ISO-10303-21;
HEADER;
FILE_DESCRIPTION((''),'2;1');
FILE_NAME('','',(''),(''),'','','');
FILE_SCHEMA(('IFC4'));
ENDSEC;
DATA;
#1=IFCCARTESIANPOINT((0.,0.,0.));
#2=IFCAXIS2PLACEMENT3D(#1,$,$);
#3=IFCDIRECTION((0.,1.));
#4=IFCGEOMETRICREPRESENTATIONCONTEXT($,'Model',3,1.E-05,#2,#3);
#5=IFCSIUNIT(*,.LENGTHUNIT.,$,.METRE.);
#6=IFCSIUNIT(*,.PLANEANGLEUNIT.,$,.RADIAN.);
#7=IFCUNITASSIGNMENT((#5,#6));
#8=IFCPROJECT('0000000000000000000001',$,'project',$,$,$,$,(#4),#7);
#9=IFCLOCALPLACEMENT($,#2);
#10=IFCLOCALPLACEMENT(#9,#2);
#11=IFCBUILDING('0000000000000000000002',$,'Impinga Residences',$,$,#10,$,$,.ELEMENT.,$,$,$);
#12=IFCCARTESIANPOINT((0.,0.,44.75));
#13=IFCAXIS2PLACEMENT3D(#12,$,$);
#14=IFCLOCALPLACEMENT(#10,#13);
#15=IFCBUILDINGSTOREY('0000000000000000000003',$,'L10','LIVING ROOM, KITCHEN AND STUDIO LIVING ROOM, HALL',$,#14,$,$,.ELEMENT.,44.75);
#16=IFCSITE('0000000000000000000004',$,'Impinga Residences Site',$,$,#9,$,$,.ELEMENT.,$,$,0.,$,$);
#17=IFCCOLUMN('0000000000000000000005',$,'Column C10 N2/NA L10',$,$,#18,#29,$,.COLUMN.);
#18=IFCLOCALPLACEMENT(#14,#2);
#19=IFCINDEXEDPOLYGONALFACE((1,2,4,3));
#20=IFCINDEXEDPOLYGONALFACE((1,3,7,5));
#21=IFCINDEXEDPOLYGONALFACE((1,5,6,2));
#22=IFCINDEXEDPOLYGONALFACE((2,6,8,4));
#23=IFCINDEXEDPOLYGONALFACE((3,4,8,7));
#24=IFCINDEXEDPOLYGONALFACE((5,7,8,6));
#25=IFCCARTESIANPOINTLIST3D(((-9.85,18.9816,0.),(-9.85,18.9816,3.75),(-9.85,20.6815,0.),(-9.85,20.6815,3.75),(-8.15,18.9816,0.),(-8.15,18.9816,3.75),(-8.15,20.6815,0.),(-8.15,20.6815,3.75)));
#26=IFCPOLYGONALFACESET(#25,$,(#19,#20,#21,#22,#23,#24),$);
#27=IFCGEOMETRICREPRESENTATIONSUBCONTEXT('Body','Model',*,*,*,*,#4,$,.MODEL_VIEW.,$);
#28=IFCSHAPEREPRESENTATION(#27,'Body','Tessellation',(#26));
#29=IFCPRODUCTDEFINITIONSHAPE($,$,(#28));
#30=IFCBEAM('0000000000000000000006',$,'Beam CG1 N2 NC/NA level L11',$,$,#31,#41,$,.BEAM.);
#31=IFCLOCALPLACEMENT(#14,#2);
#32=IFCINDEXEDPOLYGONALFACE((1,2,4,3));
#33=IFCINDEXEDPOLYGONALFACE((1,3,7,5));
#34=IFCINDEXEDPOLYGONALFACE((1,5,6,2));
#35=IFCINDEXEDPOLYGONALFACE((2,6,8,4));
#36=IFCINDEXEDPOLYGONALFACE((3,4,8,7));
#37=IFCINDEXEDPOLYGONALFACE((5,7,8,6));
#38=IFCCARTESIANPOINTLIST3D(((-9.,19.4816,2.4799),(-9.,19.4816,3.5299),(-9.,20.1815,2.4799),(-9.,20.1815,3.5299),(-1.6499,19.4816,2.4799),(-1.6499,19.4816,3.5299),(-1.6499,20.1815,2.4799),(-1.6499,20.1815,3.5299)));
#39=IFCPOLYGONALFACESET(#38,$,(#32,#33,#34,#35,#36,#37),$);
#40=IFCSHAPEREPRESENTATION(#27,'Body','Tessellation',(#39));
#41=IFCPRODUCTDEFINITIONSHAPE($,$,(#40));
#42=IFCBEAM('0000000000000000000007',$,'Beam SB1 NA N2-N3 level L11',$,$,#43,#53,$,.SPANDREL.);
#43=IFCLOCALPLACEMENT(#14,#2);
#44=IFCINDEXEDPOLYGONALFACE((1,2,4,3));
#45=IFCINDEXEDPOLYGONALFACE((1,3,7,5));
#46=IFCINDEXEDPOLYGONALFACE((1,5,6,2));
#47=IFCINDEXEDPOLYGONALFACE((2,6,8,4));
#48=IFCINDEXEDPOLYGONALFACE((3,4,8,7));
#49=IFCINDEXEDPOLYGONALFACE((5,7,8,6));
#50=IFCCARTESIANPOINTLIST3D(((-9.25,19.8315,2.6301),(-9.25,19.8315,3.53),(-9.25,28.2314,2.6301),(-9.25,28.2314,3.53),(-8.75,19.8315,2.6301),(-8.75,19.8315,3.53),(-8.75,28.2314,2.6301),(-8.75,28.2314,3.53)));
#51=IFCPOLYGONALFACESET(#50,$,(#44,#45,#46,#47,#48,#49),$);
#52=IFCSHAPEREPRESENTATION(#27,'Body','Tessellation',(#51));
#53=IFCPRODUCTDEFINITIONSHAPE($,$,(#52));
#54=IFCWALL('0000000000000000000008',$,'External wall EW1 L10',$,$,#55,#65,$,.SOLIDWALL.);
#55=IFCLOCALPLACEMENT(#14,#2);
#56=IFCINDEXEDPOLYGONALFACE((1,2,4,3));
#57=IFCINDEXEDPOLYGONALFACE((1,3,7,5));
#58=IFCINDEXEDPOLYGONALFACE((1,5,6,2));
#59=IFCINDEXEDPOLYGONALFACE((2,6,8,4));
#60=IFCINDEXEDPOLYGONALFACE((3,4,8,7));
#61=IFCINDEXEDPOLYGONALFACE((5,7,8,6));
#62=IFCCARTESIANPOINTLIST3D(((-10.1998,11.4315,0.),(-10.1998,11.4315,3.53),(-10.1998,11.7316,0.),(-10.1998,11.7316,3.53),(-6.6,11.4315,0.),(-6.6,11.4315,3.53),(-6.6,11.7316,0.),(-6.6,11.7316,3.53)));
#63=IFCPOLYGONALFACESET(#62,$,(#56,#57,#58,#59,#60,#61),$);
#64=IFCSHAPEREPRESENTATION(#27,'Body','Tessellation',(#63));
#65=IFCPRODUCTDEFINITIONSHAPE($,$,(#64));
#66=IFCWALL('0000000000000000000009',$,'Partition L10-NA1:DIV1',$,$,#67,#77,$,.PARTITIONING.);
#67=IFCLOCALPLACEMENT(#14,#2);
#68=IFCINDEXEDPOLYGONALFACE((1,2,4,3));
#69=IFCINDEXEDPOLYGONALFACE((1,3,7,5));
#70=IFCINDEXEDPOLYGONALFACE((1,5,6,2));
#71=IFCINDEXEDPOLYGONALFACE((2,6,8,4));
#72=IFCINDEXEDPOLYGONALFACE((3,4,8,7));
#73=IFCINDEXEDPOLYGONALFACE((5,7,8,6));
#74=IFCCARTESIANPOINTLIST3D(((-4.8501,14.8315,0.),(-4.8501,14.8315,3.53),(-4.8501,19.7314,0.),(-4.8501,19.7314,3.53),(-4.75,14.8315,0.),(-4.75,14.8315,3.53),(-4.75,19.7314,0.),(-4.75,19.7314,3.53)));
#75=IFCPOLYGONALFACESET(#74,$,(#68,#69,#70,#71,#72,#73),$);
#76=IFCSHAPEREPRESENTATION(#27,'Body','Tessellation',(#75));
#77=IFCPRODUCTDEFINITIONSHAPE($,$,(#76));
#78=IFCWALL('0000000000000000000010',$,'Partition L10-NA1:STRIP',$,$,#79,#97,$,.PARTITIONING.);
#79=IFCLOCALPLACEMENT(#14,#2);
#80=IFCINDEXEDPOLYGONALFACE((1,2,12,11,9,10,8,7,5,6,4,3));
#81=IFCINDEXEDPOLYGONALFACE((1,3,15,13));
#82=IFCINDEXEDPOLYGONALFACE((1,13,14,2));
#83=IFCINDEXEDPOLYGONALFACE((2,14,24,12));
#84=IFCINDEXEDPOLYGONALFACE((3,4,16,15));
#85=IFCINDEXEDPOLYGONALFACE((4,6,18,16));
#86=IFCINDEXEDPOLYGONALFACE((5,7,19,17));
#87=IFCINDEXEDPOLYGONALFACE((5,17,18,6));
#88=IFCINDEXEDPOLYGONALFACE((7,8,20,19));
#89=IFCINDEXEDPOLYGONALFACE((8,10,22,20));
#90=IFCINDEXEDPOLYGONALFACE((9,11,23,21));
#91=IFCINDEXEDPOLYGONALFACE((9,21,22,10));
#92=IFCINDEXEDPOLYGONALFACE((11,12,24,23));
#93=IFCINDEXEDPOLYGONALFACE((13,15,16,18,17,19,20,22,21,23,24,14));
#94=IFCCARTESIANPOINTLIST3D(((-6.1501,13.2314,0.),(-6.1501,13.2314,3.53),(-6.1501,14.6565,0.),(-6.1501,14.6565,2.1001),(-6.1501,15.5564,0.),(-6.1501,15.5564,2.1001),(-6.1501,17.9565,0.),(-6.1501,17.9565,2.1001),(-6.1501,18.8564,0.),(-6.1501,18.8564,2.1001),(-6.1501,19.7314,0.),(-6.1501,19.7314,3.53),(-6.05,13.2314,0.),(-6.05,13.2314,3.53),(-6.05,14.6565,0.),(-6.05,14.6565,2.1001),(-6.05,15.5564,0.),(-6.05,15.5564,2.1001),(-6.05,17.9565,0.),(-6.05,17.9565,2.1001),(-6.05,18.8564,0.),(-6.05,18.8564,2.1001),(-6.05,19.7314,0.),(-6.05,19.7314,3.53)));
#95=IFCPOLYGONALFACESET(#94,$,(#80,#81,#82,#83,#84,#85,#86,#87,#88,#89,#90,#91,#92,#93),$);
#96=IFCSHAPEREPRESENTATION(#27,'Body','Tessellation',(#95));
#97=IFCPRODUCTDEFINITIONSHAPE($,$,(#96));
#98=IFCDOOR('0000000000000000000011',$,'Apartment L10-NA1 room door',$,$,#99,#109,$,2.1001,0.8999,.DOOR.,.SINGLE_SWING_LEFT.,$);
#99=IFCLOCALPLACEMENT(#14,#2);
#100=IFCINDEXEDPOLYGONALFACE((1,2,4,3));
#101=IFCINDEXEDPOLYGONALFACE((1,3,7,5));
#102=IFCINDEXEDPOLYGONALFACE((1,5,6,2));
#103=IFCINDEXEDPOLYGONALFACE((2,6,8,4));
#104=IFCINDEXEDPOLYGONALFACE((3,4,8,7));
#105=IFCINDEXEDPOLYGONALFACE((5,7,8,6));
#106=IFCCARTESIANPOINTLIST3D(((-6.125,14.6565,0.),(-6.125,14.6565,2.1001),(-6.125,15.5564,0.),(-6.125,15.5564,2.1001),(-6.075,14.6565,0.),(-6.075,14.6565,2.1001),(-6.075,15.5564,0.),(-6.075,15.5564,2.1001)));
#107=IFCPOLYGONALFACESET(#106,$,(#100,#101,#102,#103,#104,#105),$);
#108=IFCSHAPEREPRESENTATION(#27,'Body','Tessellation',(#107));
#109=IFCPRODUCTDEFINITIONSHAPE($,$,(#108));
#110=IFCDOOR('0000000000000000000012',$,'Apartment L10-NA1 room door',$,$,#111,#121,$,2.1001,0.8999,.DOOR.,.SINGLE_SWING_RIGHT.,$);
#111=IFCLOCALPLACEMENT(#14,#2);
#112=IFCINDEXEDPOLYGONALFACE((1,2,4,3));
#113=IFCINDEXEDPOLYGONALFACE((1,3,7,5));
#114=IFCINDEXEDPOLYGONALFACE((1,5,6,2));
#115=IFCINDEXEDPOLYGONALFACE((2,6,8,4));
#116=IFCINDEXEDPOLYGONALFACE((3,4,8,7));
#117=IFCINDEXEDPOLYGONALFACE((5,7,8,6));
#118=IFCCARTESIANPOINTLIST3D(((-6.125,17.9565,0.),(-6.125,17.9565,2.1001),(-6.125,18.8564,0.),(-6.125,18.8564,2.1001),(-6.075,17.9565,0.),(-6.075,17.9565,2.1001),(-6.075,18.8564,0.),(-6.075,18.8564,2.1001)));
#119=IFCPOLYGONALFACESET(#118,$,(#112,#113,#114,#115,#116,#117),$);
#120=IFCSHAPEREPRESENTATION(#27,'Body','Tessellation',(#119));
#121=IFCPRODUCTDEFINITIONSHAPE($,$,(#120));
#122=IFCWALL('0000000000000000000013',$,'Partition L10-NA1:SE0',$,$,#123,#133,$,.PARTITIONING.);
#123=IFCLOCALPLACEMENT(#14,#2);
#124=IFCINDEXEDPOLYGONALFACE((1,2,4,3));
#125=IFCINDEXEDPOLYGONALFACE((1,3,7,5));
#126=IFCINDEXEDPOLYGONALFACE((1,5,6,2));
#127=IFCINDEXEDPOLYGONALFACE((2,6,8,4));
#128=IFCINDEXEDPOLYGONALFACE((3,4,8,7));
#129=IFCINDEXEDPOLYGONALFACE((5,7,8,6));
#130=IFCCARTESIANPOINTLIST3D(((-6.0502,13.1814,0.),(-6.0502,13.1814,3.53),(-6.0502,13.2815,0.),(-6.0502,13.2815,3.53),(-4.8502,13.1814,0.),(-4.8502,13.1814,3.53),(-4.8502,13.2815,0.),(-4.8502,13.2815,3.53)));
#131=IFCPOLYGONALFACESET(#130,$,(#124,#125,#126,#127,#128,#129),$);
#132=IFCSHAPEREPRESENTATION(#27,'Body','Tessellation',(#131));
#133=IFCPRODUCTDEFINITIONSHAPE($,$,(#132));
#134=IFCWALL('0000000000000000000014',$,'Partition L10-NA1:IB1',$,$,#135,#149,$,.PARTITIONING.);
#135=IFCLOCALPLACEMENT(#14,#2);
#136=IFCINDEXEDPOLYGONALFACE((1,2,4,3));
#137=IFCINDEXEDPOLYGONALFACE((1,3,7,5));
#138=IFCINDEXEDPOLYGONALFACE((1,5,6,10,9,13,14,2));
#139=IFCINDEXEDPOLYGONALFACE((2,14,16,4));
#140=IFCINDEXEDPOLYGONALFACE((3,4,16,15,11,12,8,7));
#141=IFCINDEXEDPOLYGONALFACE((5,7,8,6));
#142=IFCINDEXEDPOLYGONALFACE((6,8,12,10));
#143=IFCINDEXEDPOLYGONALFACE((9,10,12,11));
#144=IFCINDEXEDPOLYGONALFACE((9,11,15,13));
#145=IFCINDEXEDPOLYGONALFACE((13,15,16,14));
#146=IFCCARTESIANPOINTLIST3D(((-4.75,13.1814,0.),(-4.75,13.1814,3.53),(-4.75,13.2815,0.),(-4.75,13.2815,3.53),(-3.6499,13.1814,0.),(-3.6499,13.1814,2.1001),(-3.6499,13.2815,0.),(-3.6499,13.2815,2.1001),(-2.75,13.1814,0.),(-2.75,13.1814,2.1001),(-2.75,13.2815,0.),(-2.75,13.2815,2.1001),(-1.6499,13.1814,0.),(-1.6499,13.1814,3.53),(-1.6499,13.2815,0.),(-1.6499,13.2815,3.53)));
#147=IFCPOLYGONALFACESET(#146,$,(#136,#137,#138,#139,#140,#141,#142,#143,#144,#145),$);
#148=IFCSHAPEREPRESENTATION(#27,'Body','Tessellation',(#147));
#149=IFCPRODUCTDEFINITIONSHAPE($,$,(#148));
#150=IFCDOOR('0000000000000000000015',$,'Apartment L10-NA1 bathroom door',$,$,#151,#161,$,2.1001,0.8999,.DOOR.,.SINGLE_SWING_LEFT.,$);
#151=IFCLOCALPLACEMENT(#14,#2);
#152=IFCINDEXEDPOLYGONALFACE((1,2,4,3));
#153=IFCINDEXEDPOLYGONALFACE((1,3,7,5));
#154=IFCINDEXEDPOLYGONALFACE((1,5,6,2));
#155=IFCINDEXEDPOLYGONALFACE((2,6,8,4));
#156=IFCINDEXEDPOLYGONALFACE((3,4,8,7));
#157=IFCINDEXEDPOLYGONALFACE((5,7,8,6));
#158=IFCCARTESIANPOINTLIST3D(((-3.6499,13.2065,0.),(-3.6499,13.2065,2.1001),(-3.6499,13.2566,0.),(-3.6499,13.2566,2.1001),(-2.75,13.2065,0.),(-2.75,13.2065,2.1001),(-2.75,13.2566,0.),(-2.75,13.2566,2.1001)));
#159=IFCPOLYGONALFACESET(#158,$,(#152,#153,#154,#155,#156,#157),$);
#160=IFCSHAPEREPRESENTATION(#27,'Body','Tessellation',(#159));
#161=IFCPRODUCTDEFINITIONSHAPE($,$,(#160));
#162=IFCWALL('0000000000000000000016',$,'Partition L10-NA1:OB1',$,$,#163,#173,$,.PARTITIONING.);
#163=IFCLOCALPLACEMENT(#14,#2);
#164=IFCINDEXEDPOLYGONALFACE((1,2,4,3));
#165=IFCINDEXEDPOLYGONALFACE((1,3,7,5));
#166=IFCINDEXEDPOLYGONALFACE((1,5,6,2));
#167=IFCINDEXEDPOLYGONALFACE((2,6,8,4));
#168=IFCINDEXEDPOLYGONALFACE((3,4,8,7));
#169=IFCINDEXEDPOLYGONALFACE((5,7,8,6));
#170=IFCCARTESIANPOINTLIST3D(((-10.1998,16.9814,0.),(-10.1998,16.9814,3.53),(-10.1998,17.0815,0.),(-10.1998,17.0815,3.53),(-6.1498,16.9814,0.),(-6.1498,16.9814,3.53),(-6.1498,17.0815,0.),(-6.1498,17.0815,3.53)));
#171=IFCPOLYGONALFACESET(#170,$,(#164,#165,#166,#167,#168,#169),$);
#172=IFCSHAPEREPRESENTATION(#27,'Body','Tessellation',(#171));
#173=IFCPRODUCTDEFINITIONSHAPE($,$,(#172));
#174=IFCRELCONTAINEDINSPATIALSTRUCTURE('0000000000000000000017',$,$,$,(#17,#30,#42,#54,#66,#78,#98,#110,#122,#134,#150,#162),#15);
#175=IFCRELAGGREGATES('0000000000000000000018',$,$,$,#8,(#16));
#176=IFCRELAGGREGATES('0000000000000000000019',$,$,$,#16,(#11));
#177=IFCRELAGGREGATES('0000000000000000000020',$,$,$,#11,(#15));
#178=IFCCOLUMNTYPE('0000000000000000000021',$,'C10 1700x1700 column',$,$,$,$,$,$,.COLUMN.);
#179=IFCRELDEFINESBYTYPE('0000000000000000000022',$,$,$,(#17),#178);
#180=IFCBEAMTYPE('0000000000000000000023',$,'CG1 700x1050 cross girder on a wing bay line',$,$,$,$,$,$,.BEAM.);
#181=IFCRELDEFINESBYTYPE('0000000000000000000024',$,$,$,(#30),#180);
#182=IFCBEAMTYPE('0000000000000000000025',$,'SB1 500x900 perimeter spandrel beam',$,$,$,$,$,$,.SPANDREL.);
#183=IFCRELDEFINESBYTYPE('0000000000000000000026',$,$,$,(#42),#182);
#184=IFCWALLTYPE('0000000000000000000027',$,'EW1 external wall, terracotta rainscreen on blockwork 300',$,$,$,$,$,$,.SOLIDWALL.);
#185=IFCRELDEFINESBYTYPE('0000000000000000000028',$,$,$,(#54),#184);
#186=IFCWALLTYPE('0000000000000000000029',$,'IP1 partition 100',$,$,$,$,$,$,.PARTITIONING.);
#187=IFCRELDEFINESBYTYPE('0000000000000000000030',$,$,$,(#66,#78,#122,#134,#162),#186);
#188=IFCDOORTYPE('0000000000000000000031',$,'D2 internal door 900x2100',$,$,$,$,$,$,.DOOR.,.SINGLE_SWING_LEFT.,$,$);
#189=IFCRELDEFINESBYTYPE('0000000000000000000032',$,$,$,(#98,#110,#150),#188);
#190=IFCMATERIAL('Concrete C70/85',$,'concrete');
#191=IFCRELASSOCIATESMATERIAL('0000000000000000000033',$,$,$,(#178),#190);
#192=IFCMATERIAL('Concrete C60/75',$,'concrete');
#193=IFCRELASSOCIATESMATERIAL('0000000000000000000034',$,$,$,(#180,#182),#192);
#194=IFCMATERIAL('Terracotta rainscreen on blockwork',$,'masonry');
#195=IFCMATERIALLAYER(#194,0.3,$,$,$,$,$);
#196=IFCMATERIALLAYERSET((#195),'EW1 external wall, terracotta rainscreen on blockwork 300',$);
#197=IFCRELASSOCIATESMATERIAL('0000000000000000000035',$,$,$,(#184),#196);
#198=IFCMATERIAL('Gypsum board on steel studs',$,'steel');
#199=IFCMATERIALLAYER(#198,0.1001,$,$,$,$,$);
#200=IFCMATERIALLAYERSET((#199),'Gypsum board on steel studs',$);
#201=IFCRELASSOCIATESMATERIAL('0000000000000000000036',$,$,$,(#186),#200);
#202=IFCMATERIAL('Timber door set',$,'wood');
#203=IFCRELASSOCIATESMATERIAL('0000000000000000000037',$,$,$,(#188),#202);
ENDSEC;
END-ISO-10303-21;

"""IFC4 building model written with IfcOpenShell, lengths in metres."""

from ifc_helpers import new_model, si_unit, direction, frame, frame_2d, origin, origin_2d, place, context, subcontext, project, spatial, rectangle, extrude, material, layer, layer_set, material_profile, profile_set, type_object, element, fill, save


model = new_model("IFC4")

# Units and contexts
model_context = context("Model", 3, precision=1e-05, world=origin(), true_north=direction((0.0, 1.0)))
body_context = subcontext(model_context, "Body", "Model", "MODEL_VIEW")
ifc_project = project(units=[si_unit("LENGTHUNIT", "METRE"), si_unit("PLANEANGLEUNIT", "RADIAN")], contexts=[model_context])

# Site, building, storey
site_placement = place(None, origin())
site = spatial("IfcSite", under=ifc_project, at=site_placement, Name="Impinga Residences Site", CompositionType="ELEMENT", RefElevation=0.0)
building_placement = place(site_placement, origin())
building = spatial("IfcBuilding", under=site, at=building_placement, Name="Impinga Residences", CompositionType="ELEMENT")
storey_placement = place(building_placement, frame((0.0, 0.0, 44.75)))
storey = spatial("IfcBuildingStorey", under=building, at=storey_placement, Name="L10", Description="LIVING ROOM, KITCHEN AND STUDIO LIVING ROOM, HALL", CompositionType="ELEMENT", Elevation=44.75)

# Column
ifc_material_1 = material(Name="Concrete C70/85", Category="concrete")
ifc_material_profile_1 = material_profile(ifc_material_1, rectangle(XDim=1.7, YDim=1.7, at=origin_2d()), Name="RC 1700x1700")
ifc_profile_set_1 = profile_set([ifc_material_profile_1], Name="Concrete C70/85")
column_type = type_object("IfcColumnType", Name="C10 1700x1700 column", PredefinedType="COLUMN", material=ifc_profile_set_1)
column_placement = place(storey_placement, frame((-9.0, 19.8315, 0.0), z_axis=(0.0, 0.0, 1.0), x_axis=(1.0, 0.0, 0.0)))
element("IfcColumn", 1, at=column_placement, inside=storey, type_object=column_type, Name="Column C10 N2/NA L10", PredefinedType="COLUMN", context=body_context, shape_type="SweptSolid", body=[
    extrude(rectangle(XDim=1.7, YDim=1.7, at=origin_2d()), origin(), (0.0, 0.0, 1.0), 3.75),
])

# Beams
ifc_material_2 = material(Name="Concrete C60/75", Category="concrete")
ifc_material_profile_2 = material_profile(ifc_material_2, rectangle(XDim=0.7, YDim=1.05, at=origin_2d()), Name="RC 700x1050")
ifc_profile_set_2 = profile_set([ifc_material_profile_2], Name="Concrete C60/75")
beam_type_1 = type_object("IfcBeamType", Name="CG1 700x1050 cross girder on a wing bay line", PredefinedType="BEAM", material=ifc_profile_set_2)
beam_1_placement = place(storey_placement, frame((-1.6499, 19.8315, 3.0049), z_axis=(-1.0, 0.0, 0.0), x_axis=(0.0, -1.0, 0.0)))
element("IfcBeam", 2, at=beam_1_placement, inside=storey, type_object=beam_type_1, Name="Beam CG1 N2 NC/NA level L11", PredefinedType="BEAM", context=body_context, shape_type="SweptSolid", body=[
    extrude(rectangle(XDim=0.7, YDim=1.05, at=origin_2d()), origin(), (0.0, 0.0, 1.0), 7.3501),
])
ifc_material_profile_3 = material_profile(ifc_material_2, rectangle(XDim=0.5, YDim=0.8999, at=origin_2d()), Name="RC 500x900")
ifc_profile_set_3 = profile_set([ifc_material_profile_3], Name="Concrete C60/75")
beam_type_2 = type_object("IfcBeamType", Name="SB1 500x900 perimeter spandrel beam", PredefinedType="SPANDREL", material=ifc_profile_set_3)
beam_2_placement = place(storey_placement, frame((-9.0, 19.8315, 3.0801), z_axis=(0.0, 1.0, 0.0), x_axis=(-1.0, 0.0, 0.0)))
element("IfcBeam", 3, at=beam_2_placement, inside=storey, type_object=beam_type_2, Name="Beam SB1 NA N2-N3 level L11", PredefinedType="SPANDREL", context=body_context, shape_type="SweptSolid", body=[
    extrude(rectangle(XDim=0.5, YDim=0.8999, at=origin_2d()), origin(), (0.0, 0.0, 1.0), 8.3999),
])

# Walls
ifc_material_3 = material(Name="Terracotta rainscreen on blockwork", Category="masonry")
ifc_layer_1 = layer(ifc_material_3, 0.3)
ifc_layer_set_1 = layer_set([ifc_layer_1], Name="EW1 external wall, terracotta rainscreen on blockwork 300")
wall_type_1 = type_object("IfcWallType", Name="EW1 external wall, terracotta rainscreen on blockwork 300", PredefinedType="SOLIDWALL", material=ifc_layer_set_1)
wall_1_placement = place(storey_placement, frame((-6.6001, 11.5815, 0.0), z_axis=(0.0, 0.0, 1.0), x_axis=(-1.0, 0.0, 0.0)))
element("IfcWall", 4, at=wall_1_placement, inside=storey, type_object=wall_type_1, Name="External wall EW1 L10", PredefinedType="SOLIDWALL", context=body_context, shape_type="SweptSolid", body=[
    extrude(rectangle(XDim=3.5999, YDim=0.3, at=frame_2d((1.7998, 0.0))), origin(), (0.0, 0.0, 1.0), 3.53),
])
ifc_material_4 = material(Name="Gypsum board on steel studs", Category="steel")
ifc_layer_2 = layer(ifc_material_4, 0.1001)
ifc_layer_set_2 = layer_set([ifc_layer_2], Name="Gypsum board on steel studs")
wall_type_2 = type_object("IfcWallType", Name="IP1 partition 100", PredefinedType="PARTITIONING", material=ifc_layer_set_2)
wall_2_placement = place(storey_placement, frame((-4.8, 14.8315, 0.0), z_axis=(0.0, 0.0, 1.0), x_axis=(0.0, 1.0, 0.0)))
element("IfcWall", 5, at=wall_2_placement, inside=storey, type_object=wall_type_2, Name="Partition L10-NA1:DIV1", PredefinedType="PARTITIONING", context=body_context, shape_type="SweptSolid", body=[
    extrude(rectangle(XDim=4.8999, YDim=0.1001, at=frame_2d((2.45, 0.0))), origin(), (0.0, 0.0, 1.0), 3.53),
])

# Wall, openings, doors
wall_3_placement = place(storey_placement, frame((-6.1001, 13.2314, 0.0), z_axis=(0.0, 0.0, 1.0), x_axis=(0.0, 1.0, 0.0)))
wall_3 = element("IfcWall", 6, at=wall_3_placement, inside=storey, type_object=wall_type_2, Name="Partition L10-NA1:STRIP", PredefinedType="PARTITIONING", context=body_context, shape_type="SweptSolid", body=[
    extrude(rectangle(XDim=6.5, YDim=0.1001, at=frame_2d((3.25, 0.0))), origin(), (0.0, 0.0, 1.0), 3.53),
])
opening_1_placement = place(wall_3_placement, frame((1.425, 0.0, 0.0)))
opening_1 = element("IfcOpeningElement", 7, at=opening_1_placement, cuts=wall_3, PredefinedType="OPENING", context=body_context, shape_type="SweptSolid", body=[
    extrude(rectangle(XDim=0.8999, YDim=2.1001, at=frame_2d((0.45, 1.05))), frame((0.0, 0.0601, 0.0), z_axis=(0.0, -1.0, 0.0), x_axis=(1.0, 0.0, 0.0)), (0.0, 0.0, 1.0), 0.1201),
])
opening_2_placement = place(wall_3_placement, frame((4.7251, 0.0, 0.0)))
opening_2 = element("IfcOpeningElement", 8, at=opening_2_placement, cuts=wall_3, PredefinedType="OPENING", context=body_context, shape_type="SweptSolid", body=[
    extrude(rectangle(XDim=0.8999, YDim=2.1001, at=frame_2d((0.45, 1.05))), frame((0.0, 0.0601, 0.0), z_axis=(0.0, -1.0, 0.0), x_axis=(1.0, 0.0, 0.0)), (0.0, 0.0, 1.0), 0.1201),
])
ifc_material_5 = material(Name="Timber door set", Category="wood")
door_type = type_object("IfcDoorType", Name="D2 internal door 900x2100", OperationType="SINGLE_SWING_LEFT", PredefinedType="DOOR", material=ifc_material_5)
door_1_placement = place(opening_1_placement, origin())
door_1 = element("IfcDoor", 9, at=door_1_placement, inside=storey, type_object=door_type, Name="Apartment L10-NA1 room door", OperationType="SINGLE_SWING_LEFT", OverallHeight=2.1001, OverallWidth=0.8999, PredefinedType="DOOR", context=body_context, shape_type="SweptSolid", body=[
    extrude(rectangle(XDim=0.8999, YDim=2.1001, at=frame_2d((0.45, 1.05))), frame((0.0, 0.0249, 0.0), z_axis=(0.0, -1.0, 0.0), x_axis=(1.0, 0.0, 0.0)), (0.0, 0.0, 1.0), 0.05),
])
fill(opening_1, door_1)
door_2_placement = place(opening_2_placement, origin())
door_2 = element("IfcDoor", 10, at=door_2_placement, inside=storey, type_object=door_type, Name="Apartment L10-NA1 room door", OperationType="SINGLE_SWING_RIGHT", OverallHeight=2.1001, OverallWidth=0.8999, PredefinedType="DOOR", context=body_context, shape_type="SweptSolid", body=[
    extrude(rectangle(XDim=0.8999, YDim=2.1001, at=frame_2d((0.45, 1.05))), frame((0.0, 0.0249, 0.0), z_axis=(0.0, -1.0, 0.0), x_axis=(1.0, 0.0, 0.0)), (0.0, 0.0, 1.0), 0.05),
])
fill(opening_2, door_2)

# Wall
wall_4_placement = place(storey_placement, frame((-4.8501, 13.2314, 0.0), z_axis=(0.0, 0.0, 1.0), x_axis=(-1.0, 0.0, 0.0)))
element("IfcWall", 11, at=wall_4_placement, inside=storey, type_object=wall_type_2, Name="Partition L10-NA1:SE0", PredefinedType="PARTITIONING", context=body_context, shape_type="SweptSolid", body=[
    extrude(rectangle(XDim=1.2, YDim=0.1001, at=frame_2d((0.6001, 0.0))), origin(), (0.0, 0.0, 1.0), 3.53),
])

# Wall, opening, door
wall_5_placement = place(storey_placement, frame((-1.6499, 13.2314, 0.0), z_axis=(0.0, 0.0, 1.0), x_axis=(-1.0, 0.0, 0.0)))
wall_5 = element("IfcWall", 12, at=wall_5_placement, inside=storey, type_object=wall_type_2, Name="Partition L10-NA1:IB1", PredefinedType="PARTITIONING", context=body_context, shape_type="SweptSolid", body=[
    extrude(rectangle(XDim=3.1001, YDim=0.1001, at=frame_2d((1.55, 0.0))), origin(), (0.0, 0.0, 1.0), 3.53),
])
opening_3_placement = place(wall_5_placement, frame((1.1001, 0.0, 0.0)))
opening_3 = element("IfcOpeningElement", 13, at=opening_3_placement, cuts=wall_5, PredefinedType="OPENING", context=body_context, shape_type="SweptSolid", body=[
    extrude(rectangle(XDim=0.8999, YDim=2.1001, at=frame_2d((0.45, 1.05))), frame((0.0, 0.0601, 0.0), z_axis=(0.0, -1.0, 0.0), x_axis=(1.0, 0.0, 0.0)), (0.0, 0.0, 1.0), 0.1201),
])
door_3_placement = place(opening_3_placement, origin())
door_3 = element("IfcDoor", 14, at=door_3_placement, inside=storey, type_object=door_type, Name="Apartment L10-NA1 bathroom door", OperationType="SINGLE_SWING_LEFT", OverallHeight=2.1001, OverallWidth=0.8999, PredefinedType="DOOR", context=body_context, shape_type="SweptSolid", body=[
    extrude(rectangle(XDim=0.8999, YDim=2.1001, at=frame_2d((0.45, 1.05))), frame((0.0, 0.0249, 0.0), z_axis=(0.0, -1.0, 0.0), x_axis=(1.0, 0.0, 0.0)), (0.0, 0.0, 1.0), 0.05),
])
fill(opening_3, door_3)

# Wall
wall_6_placement = place(storey_placement, frame((-6.1499, 17.0315, 0.0), z_axis=(0.0, 0.0, 1.0), x_axis=(-1.0, 0.0, 0.0)))
element("IfcWall", 15, at=wall_6_placement, inside=storey, type_object=wall_type_2, Name="Partition L10-NA1:OB1", PredefinedType="PARTITIONING", context=body_context, shape_type="SweptSolid", body=[
    extrude(rectangle(XDim=4.05, YDim=0.1001, at=frame_2d((2.0249, 0.0))), origin(), (0.0, 0.0, 1.0), 3.53),
])

save(model, "model.ifc")
